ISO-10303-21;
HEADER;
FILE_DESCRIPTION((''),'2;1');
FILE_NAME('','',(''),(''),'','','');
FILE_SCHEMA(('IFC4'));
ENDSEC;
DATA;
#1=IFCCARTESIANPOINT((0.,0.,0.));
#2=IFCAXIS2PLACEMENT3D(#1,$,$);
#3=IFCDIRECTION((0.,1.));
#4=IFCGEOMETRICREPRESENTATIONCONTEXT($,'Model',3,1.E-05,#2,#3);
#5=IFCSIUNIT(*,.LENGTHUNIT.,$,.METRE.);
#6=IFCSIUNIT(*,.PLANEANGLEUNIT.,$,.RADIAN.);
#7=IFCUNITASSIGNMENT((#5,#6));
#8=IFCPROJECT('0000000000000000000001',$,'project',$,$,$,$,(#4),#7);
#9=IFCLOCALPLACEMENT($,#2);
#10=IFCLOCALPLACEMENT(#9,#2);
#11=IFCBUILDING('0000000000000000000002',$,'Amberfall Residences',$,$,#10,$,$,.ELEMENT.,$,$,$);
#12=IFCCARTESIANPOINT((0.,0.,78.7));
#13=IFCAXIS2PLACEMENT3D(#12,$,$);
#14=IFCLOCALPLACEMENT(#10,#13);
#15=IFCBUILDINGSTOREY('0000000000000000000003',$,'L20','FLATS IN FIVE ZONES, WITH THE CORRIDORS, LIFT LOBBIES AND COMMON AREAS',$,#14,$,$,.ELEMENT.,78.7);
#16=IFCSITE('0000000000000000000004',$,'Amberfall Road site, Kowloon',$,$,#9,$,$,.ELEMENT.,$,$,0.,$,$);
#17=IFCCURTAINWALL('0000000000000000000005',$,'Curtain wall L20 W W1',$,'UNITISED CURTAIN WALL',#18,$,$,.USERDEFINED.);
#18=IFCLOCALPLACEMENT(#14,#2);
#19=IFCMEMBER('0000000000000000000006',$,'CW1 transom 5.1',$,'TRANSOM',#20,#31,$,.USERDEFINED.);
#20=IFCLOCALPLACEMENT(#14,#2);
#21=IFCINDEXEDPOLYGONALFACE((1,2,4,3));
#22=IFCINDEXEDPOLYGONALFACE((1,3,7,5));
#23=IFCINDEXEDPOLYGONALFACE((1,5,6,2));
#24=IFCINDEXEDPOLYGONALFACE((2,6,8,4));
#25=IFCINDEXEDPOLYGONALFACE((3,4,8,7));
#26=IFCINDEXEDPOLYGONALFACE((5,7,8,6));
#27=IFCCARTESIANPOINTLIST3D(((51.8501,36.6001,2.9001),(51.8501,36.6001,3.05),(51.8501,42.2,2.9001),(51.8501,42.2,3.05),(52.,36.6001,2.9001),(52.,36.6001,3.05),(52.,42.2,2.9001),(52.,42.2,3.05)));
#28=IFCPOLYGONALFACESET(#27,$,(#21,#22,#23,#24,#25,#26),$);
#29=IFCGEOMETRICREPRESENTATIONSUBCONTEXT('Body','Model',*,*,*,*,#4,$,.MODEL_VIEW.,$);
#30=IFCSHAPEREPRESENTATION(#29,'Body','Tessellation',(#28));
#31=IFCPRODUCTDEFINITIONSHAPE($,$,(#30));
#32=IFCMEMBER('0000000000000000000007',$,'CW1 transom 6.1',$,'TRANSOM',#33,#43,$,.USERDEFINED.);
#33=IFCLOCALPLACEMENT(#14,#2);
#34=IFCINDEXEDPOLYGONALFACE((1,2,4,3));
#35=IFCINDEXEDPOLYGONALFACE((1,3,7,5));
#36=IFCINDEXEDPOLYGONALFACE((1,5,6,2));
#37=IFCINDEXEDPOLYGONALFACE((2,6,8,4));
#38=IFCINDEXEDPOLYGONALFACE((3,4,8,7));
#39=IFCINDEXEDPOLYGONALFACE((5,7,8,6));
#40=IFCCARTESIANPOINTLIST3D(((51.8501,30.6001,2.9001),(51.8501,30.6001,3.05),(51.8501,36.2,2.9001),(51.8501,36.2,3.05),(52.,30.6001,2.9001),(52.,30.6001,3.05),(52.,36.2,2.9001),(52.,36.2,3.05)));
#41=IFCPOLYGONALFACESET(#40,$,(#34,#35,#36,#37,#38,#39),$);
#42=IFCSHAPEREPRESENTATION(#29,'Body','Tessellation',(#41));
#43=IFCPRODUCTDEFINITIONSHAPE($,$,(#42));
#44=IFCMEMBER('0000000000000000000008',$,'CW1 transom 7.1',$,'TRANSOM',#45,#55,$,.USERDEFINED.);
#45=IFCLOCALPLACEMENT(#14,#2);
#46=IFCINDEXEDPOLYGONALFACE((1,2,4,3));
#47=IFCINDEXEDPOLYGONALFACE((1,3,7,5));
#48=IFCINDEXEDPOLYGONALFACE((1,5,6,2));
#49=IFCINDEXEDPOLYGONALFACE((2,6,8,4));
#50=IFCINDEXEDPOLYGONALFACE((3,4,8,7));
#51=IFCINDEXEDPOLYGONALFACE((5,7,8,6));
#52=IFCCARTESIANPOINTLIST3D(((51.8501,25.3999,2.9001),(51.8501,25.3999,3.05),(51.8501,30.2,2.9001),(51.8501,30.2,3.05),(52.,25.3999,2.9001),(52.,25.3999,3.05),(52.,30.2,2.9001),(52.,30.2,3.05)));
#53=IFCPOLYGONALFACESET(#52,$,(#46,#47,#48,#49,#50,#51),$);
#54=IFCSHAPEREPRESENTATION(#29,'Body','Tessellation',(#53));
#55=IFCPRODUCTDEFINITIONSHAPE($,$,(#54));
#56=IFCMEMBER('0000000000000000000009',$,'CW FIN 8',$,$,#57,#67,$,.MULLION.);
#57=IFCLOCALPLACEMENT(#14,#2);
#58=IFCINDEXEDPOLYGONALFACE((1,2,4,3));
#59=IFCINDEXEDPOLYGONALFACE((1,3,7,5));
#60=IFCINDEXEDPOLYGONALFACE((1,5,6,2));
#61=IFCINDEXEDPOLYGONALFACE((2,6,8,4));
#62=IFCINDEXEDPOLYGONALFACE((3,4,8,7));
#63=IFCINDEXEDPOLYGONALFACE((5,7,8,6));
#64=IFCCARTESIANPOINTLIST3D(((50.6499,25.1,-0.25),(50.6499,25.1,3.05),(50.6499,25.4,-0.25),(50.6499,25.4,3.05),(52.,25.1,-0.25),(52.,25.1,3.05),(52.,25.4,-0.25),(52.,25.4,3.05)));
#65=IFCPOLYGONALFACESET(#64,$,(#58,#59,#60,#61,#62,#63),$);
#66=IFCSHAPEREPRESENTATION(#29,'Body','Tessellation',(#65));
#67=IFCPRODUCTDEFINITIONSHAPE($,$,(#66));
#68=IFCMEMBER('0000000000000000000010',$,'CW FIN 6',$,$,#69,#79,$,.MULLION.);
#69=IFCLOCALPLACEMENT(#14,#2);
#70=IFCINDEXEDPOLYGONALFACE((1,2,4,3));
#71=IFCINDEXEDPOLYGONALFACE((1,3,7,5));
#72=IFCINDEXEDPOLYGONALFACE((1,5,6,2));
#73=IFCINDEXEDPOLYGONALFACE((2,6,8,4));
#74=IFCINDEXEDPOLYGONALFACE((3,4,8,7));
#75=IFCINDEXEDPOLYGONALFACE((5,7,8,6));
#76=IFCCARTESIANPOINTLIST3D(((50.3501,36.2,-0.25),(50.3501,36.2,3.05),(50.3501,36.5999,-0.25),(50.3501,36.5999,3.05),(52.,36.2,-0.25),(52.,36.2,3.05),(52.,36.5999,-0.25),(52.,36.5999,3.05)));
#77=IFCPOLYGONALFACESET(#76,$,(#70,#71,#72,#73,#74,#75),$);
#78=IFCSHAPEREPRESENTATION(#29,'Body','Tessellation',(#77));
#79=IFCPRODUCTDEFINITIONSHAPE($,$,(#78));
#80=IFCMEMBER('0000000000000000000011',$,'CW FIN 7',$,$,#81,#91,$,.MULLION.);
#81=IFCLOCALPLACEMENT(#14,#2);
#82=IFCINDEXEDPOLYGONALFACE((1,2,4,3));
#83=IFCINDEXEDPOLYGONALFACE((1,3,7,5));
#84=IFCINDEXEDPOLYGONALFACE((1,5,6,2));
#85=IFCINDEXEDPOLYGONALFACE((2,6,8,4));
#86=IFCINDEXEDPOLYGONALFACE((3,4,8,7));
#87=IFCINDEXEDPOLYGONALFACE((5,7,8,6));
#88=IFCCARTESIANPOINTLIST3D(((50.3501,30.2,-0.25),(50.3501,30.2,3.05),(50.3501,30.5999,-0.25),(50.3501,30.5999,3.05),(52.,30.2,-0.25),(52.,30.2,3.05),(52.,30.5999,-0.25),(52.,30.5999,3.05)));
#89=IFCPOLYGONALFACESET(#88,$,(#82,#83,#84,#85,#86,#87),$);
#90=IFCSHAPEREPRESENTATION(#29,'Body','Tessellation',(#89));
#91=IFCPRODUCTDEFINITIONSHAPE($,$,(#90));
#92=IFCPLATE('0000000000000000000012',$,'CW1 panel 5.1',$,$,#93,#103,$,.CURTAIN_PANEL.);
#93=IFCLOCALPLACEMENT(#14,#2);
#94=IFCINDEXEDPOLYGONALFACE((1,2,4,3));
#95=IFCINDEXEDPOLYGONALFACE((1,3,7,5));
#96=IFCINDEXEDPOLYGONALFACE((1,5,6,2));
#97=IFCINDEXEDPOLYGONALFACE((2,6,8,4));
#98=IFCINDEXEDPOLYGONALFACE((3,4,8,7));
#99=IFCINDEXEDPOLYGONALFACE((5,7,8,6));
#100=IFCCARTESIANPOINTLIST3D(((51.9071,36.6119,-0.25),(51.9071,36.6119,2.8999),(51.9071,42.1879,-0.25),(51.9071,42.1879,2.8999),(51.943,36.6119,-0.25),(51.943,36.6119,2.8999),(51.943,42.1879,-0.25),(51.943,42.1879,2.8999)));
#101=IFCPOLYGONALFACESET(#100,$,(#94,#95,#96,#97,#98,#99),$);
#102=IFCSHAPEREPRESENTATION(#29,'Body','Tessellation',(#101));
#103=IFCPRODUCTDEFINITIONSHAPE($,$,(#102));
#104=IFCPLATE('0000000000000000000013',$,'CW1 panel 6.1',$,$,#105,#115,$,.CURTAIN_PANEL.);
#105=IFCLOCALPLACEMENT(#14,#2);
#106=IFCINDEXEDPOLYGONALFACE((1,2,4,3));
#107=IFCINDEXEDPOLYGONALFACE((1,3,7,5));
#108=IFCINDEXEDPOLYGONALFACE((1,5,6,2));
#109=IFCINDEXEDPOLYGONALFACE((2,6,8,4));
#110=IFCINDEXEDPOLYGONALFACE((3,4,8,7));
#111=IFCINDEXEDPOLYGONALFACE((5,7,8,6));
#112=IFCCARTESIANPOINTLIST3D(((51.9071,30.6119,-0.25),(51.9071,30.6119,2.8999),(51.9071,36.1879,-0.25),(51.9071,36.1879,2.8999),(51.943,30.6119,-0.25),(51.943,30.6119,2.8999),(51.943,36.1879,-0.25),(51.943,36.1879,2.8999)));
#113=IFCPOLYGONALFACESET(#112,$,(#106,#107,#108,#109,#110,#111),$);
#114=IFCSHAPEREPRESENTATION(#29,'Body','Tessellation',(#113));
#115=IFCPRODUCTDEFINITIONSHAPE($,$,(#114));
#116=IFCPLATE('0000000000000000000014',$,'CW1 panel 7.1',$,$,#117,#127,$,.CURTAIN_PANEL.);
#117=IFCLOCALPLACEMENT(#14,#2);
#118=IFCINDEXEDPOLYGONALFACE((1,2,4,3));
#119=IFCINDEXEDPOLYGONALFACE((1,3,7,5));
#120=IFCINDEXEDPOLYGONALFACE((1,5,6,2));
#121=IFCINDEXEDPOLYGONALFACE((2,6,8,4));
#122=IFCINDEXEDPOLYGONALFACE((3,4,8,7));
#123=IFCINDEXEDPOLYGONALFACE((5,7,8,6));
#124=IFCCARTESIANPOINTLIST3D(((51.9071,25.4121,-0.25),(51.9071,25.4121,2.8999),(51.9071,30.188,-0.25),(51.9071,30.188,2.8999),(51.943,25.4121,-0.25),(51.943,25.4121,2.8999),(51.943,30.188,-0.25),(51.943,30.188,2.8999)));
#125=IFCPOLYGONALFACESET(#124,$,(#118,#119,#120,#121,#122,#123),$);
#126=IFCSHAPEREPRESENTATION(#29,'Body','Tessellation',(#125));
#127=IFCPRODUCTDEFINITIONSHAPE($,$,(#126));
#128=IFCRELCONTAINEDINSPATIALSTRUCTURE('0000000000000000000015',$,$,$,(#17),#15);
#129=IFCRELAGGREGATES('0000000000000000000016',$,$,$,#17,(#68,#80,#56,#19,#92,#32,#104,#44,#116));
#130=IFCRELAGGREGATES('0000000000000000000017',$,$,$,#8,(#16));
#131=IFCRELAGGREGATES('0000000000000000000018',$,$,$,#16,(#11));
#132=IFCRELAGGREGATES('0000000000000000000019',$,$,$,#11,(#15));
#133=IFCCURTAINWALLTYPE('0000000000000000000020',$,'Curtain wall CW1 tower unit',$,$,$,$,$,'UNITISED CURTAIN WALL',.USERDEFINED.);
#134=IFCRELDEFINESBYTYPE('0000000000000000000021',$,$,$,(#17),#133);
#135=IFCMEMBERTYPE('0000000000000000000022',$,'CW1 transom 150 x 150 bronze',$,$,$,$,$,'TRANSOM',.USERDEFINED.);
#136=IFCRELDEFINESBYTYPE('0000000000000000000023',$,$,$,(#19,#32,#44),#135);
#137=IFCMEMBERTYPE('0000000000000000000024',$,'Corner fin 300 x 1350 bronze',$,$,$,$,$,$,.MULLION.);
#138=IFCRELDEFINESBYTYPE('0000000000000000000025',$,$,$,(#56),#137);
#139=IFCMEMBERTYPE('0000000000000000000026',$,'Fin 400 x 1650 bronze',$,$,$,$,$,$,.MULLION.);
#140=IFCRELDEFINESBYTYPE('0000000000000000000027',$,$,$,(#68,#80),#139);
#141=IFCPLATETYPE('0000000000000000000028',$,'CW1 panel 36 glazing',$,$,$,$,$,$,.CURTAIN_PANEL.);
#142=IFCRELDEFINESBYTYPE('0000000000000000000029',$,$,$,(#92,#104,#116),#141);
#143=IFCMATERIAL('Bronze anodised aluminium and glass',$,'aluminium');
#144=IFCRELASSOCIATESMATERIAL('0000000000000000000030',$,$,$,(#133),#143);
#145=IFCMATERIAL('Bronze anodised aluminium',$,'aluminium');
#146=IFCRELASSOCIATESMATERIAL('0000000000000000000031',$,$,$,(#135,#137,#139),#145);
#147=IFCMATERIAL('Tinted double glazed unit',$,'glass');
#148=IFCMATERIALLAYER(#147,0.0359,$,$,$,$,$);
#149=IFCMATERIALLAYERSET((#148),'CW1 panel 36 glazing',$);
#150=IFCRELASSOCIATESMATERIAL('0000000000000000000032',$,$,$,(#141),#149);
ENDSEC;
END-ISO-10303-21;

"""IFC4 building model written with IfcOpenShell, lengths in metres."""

from ifc_helpers import new_model, si_unit, direction, frame, origin, origin_2d, place, context, subcontext, project, spatial, rectangle, extrude, material, layer, layer_set, material_profile, profile_set, type_object, element, aggregate, save


model = new_model("IFC4")

# Units and contexts
model_context = context("Model", 3, precision=1e-05, world=origin(), true_north=direction((0.0, 1.0)))
body_context = subcontext(model_context, "Body", "Model", "MODEL_VIEW")
ifc_project = project(units=[si_unit("LENGTHUNIT", "METRE"), si_unit("PLANEANGLEUNIT", "RADIAN")], contexts=[model_context])

# Site, building, storey
site_placement = place(None, origin())
site = spatial("IfcSite", under=ifc_project, at=site_placement, Name="Amberfall Road site, Kowloon", CompositionType="ELEMENT", RefElevation=0.0)
building_placement = place(site_placement, origin())
building = spatial("IfcBuilding", under=site, at=building_placement, Name="Amberfall Residences", CompositionType="ELEMENT")
storey_placement = place(building_placement, frame((0.0, 0.0, 78.7)))
storey = spatial("IfcBuildingStorey", under=building, at=storey_placement, Name="L20", Description="FLATS IN FIVE ZONES, WITH THE CORRIDORS, LIFT LOBBIES AND COMMON AREAS", CompositionType="ELEMENT", Elevation=78.7)

# Curtain wall, members, plates
ifc_material_1 = material(Name="Bronze anodised aluminium and glass", Category="aluminium")
curtain_wall_type = type_object("IfcCurtainWallType", Name="Curtain wall CW1 tower unit", ElementType="UNITISED CURTAIN WALL", PredefinedType="USERDEFINED", material=ifc_material_1)
curtain_wall_placement = place(storey_placement, origin())
curtain_wall = element("IfcCurtainWall", 1, at=curtain_wall_placement, inside=storey, type_object=curtain_wall_type, Name="Curtain wall L20 W W1", ObjectType="UNITISED CURTAIN WALL", PredefinedType="USERDEFINED")
ifc_material_2 = material(Name="Bronze anodised aluminium", Category="aluminium")
ifc_material_profile_1 = material_profile(ifc_material_2, rectangle(XDim=0.1499, YDim=0.1499, at=origin_2d()), Name="CW1 transom 150 x 150 bronze")
ifc_profile_set_1 = profile_set([ifc_material_profile_1], Name="Bronze anodised aluminium")
member_type_1 = type_object("IfcMemberType", Name="CW1 transom 150 x 150 bronze", ElementType="TRANSOM", PredefinedType="USERDEFINED", material=ifc_profile_set_1)
member_1_placement = place(storey_placement, frame((51.925, 42.2, 2.9751), z_axis=(0.0, -1.0, 0.0), x_axis=(1.0, 0.0, 0.0)))
member_1 = element("IfcMember", 2, at=member_1_placement, type_object=member_type_1, Name="CW1 transom 5.1", ObjectType="TRANSOM", PredefinedType="USERDEFINED", context=body_context, shape_type="SweptSolid", body=[
    extrude(rectangle(XDim=0.1499, YDim=0.1499, at=origin_2d()), origin(), (0.0, 0.0, 1.0), 5.5999),
])
member_2_placement = place(storey_placement, frame((51.925, 36.2, 2.9751), z_axis=(0.0, -1.0, 0.0), x_axis=(1.0, 0.0, 0.0)))
member_2 = element("IfcMember", 3, at=member_2_placement, type_object=member_type_1, Name="CW1 transom 6.1", ObjectType="TRANSOM", PredefinedType="USERDEFINED", context=body_context, shape_type="SweptSolid", body=[
    extrude(rectangle(XDim=0.1499, YDim=0.1499, at=origin_2d()), origin(), (0.0, 0.0, 1.0), 5.5999),
])
member_3_placement = place(storey_placement, frame((51.925, 30.2, 2.9751), z_axis=(0.0, -1.0, 0.0), x_axis=(1.0, 0.0, 0.0)))
member_3 = element("IfcMember", 4, at=member_3_placement, type_object=member_type_1, Name="CW1 transom 7.1", ObjectType="TRANSOM", PredefinedType="USERDEFINED", context=body_context, shape_type="SweptSolid", body=[
    extrude(rectangle(XDim=0.1499, YDim=0.1499, at=origin_2d()), origin(), (0.0, 0.0, 1.0), 4.8),
])
ifc_material_profile_2 = material_profile(ifc_material_2, rectangle(XDim=1.3501, YDim=0.3, at=origin_2d()), Name="Corner fin 300 x 1350 bronze")
ifc_profile_set_2 = profile_set([ifc_material_profile_2], Name="Bronze anodised aluminium")
member_type_2 = type_object("IfcMemberType", Name="Corner fin 300 x 1350 bronze", PredefinedType="MULLION", material=ifc_profile_set_2)
member_4_placement = place(storey_placement, frame((51.325, 25.25, -0.25), z_axis=(0.0, 0.0, 1.0), x_axis=(1.0, 0.0, 0.0)))
member_4 = element("IfcMember", 5, at=member_4_placement, type_object=member_type_2, Name="CW FIN 8", PredefinedType="MULLION", context=body_context, shape_type="SweptSolid", body=[
    extrude(rectangle(XDim=1.3501, YDim=0.3, at=origin_2d()), origin(), (0.0, 0.0, 1.0), 3.3),
])
ifc_material_profile_3 = material_profile(ifc_material_2, rectangle(XDim=1.6499, YDim=0.3999, at=origin_2d()), Name="Fin 400 x 1650 bronze")
ifc_profile_set_3 = profile_set([ifc_material_profile_3], Name="Bronze anodised aluminium")
member_type_3 = type_object("IfcMemberType", Name="Fin 400 x 1650 bronze", PredefinedType="MULLION", material=ifc_profile_set_3)
member_5_placement = place(storey_placement, frame((51.175, 36.3999, -0.25), z_axis=(0.0, 0.0, 1.0), x_axis=(1.0, 0.0, 0.0)))
member_5 = element("IfcMember", 6, at=member_5_placement, type_object=member_type_3, Name="CW FIN 6", PredefinedType="MULLION", context=body_context, shape_type="SweptSolid", body=[
    extrude(rectangle(XDim=1.6499, YDim=0.3999, at=origin_2d()), origin(), (0.0, 0.0, 1.0), 3.3),
])
member_6_placement = place(storey_placement, frame((51.175, 30.3999, -0.25), z_axis=(0.0, 0.0, 1.0), x_axis=(1.0, 0.0, 0.0)))
member_6 = element("IfcMember", 7, at=member_6_placement, type_object=member_type_3, Name="CW FIN 7", PredefinedType="MULLION", context=body_context, shape_type="SweptSolid", body=[
    extrude(rectangle(XDim=1.6499, YDim=0.3999, at=origin_2d()), origin(), (0.0, 0.0, 1.0), 3.3),
])
ifc_material_3 = material(Name="Tinted double glazed unit", Category="glass")
ifc_layer_1 = layer(ifc_material_3, 0.0359)
ifc_layer_set_1 = layer_set([ifc_layer_1], Name="CW1 panel 36 glazing")
plate_type = type_object("IfcPlateType", Name="CW1 panel 36 glazing", PredefinedType="CURTAIN_PANEL", material=ifc_layer_set_1)
plate_1_placement = place(storey_placement, frame((51.925, 39.3999, -0.25), z_axis=(0.0, 0.0, 1.0), x_axis=(0.0, -1.0, 0.0)))
plate_1 = element("IfcPlate", 8, at=plate_1_placement, type_object=plate_type, Name="CW1 panel 5.1", PredefinedType="CURTAIN_PANEL", context=body_context, shape_type="SweptSolid", body=[
    extrude(rectangle(XDim=5.5759, YDim=0.0359, at=origin_2d()), origin(), (0.0, 0.0, 1.0), 3.1499),
])
plate_2_placement = place(storey_placement, frame((51.925, 33.3999, -0.25), z_axis=(0.0, 0.0, 1.0), x_axis=(0.0, -1.0, 0.0)))
plate_2 = element("IfcPlate", 9, at=plate_2_placement, type_object=plate_type, Name="CW1 panel 6.1", PredefinedType="CURTAIN_PANEL", context=body_context, shape_type="SweptSolid", body=[
    extrude(rectangle(XDim=5.5759, YDim=0.0359, at=origin_2d()), origin(), (0.0, 0.0, 1.0), 3.1499),
])
plate_3_placement = place(storey_placement, frame((51.925, 27.8, -0.25), z_axis=(0.0, 0.0, 1.0), x_axis=(0.0, -1.0, 0.0)))
plate_3 = element("IfcPlate", 10, at=plate_3_placement, type_object=plate_type, Name="CW1 panel 7.1", PredefinedType="CURTAIN_PANEL", context=body_context, shape_type="SweptSolid", body=[
    extrude(rectangle(XDim=4.7759, YDim=0.0359, at=origin_2d()), origin(), (0.0, 0.0, 1.0), 3.1499),
])
aggregate(curtain_wall, [member_5, member_6, member_4, member_1, plate_1, member_2, plate_2, member_3, plate_3])

save(model, "model.ifc")
